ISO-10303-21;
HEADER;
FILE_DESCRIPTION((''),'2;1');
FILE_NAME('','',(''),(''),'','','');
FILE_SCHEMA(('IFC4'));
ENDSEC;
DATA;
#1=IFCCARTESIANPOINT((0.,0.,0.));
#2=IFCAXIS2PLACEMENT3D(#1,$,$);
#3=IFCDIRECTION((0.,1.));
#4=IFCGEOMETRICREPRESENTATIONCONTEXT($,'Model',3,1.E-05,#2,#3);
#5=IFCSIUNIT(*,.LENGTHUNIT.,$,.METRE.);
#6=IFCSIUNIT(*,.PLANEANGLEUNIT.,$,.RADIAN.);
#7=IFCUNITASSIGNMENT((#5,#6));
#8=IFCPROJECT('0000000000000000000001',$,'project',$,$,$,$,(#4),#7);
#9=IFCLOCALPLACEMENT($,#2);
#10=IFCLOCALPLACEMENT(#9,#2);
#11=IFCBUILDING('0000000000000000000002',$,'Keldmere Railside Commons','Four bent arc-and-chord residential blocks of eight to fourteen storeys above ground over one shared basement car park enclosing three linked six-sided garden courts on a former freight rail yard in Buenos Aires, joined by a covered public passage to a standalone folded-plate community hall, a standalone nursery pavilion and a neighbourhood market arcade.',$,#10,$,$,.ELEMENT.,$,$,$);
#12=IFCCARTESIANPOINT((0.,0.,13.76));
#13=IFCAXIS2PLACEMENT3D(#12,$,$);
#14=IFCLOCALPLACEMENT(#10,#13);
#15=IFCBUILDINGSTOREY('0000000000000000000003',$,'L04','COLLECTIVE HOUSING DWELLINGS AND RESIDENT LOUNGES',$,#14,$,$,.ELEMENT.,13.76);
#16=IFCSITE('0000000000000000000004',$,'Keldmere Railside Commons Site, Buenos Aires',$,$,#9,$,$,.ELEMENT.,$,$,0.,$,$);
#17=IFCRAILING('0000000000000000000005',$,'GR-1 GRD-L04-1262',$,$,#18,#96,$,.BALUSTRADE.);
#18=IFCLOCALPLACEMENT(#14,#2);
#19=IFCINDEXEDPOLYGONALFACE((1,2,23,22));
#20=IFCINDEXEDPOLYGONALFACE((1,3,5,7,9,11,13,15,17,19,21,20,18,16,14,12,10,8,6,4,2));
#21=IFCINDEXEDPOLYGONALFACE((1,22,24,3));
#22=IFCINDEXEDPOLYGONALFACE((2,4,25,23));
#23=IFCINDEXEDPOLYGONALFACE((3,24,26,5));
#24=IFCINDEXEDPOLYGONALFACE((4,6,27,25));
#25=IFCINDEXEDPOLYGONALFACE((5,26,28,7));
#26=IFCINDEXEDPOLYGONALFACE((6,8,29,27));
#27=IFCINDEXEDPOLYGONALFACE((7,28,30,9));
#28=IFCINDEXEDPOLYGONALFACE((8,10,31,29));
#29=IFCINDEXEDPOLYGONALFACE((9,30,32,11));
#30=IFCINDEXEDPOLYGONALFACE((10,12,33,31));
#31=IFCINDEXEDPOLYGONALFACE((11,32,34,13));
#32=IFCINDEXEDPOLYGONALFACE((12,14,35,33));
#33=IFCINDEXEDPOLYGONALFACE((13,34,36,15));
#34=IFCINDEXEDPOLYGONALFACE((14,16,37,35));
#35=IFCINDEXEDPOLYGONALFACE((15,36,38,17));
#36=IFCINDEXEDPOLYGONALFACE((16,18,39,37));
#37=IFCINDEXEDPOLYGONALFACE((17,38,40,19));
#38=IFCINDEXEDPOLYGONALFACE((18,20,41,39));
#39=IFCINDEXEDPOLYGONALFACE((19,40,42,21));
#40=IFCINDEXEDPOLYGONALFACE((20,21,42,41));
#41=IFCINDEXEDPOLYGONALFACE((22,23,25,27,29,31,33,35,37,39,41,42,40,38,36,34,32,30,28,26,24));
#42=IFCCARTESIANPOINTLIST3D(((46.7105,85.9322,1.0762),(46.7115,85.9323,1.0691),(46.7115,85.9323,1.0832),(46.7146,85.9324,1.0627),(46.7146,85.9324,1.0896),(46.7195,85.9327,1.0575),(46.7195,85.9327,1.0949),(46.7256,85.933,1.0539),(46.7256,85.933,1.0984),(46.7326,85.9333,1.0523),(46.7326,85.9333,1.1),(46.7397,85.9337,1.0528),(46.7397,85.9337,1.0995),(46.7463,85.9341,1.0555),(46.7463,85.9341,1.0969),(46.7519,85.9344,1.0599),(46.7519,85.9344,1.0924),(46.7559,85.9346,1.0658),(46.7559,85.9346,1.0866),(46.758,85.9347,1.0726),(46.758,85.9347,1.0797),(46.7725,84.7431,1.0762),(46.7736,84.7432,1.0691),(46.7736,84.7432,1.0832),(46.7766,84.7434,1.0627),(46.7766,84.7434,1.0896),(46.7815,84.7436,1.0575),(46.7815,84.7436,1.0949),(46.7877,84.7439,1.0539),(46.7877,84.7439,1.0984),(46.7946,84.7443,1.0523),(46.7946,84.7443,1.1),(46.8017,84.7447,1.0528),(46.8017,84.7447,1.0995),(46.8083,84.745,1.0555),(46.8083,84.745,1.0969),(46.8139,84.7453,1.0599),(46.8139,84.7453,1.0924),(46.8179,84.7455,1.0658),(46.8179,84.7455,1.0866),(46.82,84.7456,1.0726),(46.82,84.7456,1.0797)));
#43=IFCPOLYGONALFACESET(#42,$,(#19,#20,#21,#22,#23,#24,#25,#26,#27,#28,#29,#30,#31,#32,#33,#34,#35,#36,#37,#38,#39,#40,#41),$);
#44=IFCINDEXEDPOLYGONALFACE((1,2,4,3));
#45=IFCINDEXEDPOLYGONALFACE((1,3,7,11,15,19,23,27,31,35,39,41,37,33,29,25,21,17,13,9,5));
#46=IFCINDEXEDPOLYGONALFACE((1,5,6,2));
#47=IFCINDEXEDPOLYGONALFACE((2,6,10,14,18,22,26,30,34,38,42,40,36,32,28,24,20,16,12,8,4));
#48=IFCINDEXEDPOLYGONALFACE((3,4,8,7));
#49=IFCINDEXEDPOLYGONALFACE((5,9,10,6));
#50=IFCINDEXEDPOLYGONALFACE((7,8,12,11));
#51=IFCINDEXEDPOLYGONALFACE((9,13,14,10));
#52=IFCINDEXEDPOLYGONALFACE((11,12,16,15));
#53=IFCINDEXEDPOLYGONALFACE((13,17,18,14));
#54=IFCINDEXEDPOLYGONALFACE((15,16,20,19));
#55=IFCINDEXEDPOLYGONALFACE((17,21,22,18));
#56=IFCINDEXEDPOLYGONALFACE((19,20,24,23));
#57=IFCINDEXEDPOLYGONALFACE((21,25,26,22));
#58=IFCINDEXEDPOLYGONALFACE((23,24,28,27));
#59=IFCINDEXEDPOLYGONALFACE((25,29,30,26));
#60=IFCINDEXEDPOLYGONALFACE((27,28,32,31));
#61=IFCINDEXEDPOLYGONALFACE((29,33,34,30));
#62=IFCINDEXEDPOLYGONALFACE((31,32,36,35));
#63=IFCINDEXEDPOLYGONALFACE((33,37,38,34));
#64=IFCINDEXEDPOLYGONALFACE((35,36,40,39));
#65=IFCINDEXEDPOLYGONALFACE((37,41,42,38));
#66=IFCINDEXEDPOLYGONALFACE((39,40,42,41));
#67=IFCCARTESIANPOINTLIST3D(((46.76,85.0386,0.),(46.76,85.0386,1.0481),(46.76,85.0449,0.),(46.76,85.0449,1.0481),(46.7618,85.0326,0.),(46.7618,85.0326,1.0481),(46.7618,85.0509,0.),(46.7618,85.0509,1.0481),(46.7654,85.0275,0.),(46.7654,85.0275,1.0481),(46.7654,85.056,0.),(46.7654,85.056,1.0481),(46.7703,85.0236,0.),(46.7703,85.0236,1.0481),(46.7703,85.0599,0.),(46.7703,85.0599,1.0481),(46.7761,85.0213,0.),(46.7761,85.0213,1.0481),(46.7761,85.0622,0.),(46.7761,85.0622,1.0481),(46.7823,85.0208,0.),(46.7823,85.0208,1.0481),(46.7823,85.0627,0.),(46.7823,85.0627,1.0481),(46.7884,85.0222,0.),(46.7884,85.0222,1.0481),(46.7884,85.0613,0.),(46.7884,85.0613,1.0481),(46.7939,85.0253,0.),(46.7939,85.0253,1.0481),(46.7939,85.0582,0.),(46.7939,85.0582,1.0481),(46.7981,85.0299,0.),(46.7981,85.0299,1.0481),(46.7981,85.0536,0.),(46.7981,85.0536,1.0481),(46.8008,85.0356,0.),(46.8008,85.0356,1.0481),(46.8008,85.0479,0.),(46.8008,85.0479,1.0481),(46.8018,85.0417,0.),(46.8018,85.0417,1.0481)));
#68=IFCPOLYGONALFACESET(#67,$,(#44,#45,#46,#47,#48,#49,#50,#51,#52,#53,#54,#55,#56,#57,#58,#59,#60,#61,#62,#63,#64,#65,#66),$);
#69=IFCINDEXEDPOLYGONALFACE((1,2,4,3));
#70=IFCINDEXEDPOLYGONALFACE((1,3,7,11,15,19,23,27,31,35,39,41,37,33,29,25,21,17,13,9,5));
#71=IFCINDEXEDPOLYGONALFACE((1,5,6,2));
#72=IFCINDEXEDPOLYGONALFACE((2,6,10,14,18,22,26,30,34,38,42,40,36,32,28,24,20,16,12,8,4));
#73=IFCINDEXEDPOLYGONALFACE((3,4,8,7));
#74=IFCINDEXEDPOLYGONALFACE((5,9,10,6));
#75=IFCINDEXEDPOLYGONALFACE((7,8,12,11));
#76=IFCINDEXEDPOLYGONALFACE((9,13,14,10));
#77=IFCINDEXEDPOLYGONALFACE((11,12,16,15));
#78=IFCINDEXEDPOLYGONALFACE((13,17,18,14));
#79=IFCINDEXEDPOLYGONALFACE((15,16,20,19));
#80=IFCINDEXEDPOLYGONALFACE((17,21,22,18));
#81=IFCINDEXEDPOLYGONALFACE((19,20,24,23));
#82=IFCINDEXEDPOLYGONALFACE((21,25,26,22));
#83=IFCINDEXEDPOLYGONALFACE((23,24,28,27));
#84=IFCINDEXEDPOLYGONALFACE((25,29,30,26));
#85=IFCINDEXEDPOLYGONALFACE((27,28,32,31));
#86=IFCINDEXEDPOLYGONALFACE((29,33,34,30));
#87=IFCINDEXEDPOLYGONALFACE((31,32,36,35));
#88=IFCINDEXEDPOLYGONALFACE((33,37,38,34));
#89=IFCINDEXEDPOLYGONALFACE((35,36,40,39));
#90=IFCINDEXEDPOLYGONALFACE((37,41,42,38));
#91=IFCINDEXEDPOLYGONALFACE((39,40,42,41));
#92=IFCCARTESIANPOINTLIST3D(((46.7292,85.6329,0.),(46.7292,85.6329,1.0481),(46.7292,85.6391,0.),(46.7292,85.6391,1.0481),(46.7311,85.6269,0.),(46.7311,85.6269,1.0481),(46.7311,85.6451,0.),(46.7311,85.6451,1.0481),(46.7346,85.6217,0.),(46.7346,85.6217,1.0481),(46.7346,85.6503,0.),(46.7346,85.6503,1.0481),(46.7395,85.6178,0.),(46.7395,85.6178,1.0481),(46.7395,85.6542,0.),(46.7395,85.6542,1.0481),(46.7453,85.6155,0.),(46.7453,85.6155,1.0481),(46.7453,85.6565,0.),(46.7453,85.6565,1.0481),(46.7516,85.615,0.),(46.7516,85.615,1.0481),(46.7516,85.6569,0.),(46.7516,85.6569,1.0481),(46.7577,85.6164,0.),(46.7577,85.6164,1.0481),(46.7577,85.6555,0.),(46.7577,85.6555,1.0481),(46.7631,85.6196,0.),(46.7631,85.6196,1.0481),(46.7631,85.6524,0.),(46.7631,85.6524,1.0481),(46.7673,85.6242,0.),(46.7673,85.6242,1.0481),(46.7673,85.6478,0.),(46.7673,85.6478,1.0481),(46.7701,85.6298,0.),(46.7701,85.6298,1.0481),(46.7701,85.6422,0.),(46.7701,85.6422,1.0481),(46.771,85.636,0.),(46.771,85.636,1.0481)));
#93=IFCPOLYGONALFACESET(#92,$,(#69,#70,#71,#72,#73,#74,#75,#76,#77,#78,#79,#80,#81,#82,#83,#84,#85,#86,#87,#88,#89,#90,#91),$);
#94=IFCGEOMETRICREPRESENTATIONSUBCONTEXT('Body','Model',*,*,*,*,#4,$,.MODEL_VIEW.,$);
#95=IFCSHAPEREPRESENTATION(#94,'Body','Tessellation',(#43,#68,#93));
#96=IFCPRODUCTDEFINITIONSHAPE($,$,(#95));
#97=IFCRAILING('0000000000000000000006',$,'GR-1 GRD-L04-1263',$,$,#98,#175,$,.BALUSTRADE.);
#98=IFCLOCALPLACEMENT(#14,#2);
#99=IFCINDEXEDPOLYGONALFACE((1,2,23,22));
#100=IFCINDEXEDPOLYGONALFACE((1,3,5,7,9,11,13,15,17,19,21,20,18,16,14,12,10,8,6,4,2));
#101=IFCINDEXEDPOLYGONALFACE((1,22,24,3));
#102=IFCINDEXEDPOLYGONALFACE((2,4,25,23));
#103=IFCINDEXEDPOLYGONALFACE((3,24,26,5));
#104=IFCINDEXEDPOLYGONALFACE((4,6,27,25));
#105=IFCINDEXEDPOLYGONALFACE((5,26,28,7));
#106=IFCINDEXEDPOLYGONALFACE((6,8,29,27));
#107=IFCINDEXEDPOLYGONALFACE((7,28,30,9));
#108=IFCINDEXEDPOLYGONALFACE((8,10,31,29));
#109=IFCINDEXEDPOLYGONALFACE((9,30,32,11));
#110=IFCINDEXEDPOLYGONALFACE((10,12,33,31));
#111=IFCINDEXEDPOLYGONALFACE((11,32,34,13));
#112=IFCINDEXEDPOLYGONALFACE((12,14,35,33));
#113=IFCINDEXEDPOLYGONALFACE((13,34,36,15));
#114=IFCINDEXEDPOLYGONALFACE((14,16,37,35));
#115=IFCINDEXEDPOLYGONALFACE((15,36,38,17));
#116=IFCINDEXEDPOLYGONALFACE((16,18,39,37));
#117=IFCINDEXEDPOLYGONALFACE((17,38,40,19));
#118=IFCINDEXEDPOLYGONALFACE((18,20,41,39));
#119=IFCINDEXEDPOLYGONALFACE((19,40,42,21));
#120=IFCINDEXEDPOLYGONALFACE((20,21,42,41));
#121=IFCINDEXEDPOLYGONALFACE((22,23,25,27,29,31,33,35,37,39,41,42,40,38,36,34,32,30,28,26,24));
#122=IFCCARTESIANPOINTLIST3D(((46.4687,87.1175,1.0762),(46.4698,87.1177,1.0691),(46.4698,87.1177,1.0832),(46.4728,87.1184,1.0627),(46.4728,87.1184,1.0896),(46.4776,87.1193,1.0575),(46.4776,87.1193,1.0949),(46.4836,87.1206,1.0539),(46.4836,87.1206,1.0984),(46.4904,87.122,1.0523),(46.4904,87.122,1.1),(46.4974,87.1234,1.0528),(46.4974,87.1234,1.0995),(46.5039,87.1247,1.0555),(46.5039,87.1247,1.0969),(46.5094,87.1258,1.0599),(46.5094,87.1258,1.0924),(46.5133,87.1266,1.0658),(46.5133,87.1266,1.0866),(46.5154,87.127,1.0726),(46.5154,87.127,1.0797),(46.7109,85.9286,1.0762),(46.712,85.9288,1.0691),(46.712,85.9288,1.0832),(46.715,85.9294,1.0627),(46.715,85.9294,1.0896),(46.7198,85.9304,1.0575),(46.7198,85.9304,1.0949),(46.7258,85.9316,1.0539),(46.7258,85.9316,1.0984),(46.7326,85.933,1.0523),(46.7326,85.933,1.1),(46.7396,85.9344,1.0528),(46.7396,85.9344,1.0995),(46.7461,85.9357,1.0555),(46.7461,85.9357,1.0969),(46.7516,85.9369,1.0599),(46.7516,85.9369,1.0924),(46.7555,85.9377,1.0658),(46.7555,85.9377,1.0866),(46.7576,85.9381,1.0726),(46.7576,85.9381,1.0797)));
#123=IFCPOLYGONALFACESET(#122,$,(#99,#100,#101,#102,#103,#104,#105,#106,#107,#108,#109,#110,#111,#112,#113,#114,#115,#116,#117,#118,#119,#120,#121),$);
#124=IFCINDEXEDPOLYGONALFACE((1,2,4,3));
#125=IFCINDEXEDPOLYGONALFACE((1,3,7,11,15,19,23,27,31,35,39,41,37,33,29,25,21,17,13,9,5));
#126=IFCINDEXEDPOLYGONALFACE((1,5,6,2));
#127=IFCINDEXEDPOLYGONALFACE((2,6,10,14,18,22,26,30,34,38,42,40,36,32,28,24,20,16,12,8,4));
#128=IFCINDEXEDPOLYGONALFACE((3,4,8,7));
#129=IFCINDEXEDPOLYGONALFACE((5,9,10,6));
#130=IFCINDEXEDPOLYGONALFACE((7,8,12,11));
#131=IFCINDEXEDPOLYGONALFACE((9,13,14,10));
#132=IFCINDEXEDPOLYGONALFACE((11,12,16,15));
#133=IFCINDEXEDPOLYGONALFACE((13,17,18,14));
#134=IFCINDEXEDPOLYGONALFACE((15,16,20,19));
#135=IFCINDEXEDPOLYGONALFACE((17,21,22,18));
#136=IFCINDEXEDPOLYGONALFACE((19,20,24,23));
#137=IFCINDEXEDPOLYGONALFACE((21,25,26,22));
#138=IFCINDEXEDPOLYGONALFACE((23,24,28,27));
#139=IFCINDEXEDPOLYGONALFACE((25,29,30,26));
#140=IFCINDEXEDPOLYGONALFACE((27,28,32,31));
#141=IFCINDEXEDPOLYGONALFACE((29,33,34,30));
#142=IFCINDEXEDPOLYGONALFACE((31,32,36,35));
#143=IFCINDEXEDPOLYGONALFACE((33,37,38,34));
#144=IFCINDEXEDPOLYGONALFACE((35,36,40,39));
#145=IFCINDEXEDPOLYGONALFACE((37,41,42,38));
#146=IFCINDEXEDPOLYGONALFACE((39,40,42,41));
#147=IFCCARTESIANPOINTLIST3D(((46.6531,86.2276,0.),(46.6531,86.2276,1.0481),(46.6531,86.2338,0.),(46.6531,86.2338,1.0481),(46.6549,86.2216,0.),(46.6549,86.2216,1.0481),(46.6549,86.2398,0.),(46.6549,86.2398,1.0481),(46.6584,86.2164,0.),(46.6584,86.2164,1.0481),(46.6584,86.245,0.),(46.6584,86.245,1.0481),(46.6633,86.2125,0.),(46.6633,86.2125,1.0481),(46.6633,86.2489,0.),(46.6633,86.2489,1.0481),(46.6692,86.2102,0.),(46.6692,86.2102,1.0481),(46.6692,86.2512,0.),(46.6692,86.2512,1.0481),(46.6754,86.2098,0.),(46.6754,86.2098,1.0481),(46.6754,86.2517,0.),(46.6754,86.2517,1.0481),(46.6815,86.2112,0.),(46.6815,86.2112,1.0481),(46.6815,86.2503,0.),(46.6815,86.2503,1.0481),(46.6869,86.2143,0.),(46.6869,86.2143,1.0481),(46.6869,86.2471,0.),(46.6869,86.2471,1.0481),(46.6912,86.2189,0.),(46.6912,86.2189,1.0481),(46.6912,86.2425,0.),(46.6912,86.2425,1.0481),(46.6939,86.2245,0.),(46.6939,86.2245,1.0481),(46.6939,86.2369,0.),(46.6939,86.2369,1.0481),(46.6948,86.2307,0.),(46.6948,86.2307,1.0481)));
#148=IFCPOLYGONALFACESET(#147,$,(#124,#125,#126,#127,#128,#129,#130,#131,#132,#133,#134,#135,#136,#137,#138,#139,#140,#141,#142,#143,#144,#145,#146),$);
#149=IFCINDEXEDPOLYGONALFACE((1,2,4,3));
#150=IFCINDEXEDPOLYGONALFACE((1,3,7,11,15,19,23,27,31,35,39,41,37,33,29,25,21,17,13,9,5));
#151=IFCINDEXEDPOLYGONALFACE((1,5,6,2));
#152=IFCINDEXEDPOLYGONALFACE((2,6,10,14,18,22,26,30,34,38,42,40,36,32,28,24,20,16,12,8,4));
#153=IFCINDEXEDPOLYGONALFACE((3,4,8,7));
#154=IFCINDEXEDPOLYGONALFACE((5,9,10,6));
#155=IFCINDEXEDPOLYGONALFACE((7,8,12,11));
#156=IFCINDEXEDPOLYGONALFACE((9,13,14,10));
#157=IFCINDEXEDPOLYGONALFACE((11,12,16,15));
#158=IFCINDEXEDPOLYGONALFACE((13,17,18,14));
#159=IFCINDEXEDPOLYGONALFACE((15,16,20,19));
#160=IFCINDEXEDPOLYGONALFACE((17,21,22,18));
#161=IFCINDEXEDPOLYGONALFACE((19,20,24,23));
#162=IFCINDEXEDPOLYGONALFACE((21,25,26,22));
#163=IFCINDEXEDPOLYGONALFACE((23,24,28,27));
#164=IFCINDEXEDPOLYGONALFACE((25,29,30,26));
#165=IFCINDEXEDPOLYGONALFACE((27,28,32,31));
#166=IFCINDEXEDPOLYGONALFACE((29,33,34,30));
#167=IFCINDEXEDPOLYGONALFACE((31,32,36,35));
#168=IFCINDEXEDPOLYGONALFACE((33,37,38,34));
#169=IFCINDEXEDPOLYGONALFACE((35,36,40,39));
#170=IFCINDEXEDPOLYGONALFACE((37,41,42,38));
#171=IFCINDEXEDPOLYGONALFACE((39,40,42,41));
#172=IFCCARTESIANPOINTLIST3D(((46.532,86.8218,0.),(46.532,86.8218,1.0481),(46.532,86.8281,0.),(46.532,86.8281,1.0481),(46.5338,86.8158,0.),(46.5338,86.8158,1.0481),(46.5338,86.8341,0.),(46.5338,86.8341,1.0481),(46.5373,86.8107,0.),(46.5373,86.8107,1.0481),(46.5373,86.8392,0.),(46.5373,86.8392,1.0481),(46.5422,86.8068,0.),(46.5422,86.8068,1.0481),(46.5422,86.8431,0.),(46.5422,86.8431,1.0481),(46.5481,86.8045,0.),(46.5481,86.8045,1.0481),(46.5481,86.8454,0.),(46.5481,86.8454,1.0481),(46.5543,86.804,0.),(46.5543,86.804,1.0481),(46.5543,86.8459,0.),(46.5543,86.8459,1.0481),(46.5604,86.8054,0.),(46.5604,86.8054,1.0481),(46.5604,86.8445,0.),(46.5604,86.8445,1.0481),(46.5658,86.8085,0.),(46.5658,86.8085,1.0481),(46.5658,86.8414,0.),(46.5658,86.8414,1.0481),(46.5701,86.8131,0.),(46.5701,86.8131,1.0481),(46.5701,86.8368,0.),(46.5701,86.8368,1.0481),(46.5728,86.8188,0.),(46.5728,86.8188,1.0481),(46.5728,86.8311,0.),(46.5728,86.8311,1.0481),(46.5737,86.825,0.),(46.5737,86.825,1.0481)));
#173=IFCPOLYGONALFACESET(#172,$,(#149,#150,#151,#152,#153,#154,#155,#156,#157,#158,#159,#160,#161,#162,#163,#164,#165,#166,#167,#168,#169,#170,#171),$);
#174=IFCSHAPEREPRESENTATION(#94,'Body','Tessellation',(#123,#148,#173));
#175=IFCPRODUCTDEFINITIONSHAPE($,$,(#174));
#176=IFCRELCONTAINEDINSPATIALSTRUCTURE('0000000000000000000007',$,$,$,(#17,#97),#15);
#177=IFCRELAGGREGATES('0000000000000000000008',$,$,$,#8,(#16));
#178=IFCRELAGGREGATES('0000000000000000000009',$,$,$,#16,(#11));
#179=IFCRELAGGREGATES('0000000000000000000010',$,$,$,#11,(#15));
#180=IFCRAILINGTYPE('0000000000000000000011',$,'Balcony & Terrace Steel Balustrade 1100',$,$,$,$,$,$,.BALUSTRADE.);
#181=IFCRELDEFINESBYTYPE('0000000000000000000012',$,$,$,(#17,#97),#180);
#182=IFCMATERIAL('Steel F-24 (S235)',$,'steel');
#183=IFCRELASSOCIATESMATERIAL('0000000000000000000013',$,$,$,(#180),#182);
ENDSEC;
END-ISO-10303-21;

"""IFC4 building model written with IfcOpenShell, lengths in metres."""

from ifc_helpers import new_model, si_unit, direction, frame, origin, origin_2d, place, context, subcontext, project, spatial, circle, extrude, material, type_object, element, save


model = new_model("IFC4")

# Units and contexts
model_context = context("Model", 3, precision=1e-05, world=origin(), true_north=direction((0.0, 1.0)))
body_context = subcontext(model_context, "Body", "Model", "MODEL_VIEW")
ifc_project = project(units=[si_unit("LENGTHUNIT", "METRE"), si_unit("PLANEANGLEUNIT", "RADIAN")], contexts=[model_context])

# Site, building, storey
site_placement = place(None, origin())
site = spatial("IfcSite", under=ifc_project, at=site_placement, Name="Keldmere Railside Commons Site, Buenos Aires", CompositionType="ELEMENT", RefElevation=0.0)
building_placement = place(site_placement, origin())
building = spatial("IfcBuilding", under=site, at=building_placement, Name="Keldmere Railside Commons", Description="Four bent arc-and-chord residential blocks of eight to fourteen storeys above ground over one shared basement car park enclosing three linked six-sided garden courts on a former freight rail yard in Buenos Aires, joined by a covered public passage to a standalone folded-plate community hall, a standalone nursery pavilion and a neighbourhood market arcade.", CompositionType="ELEMENT")
storey_placement = place(building_placement, frame((0.0, 0.0, 13.76)))
storey = spatial("IfcBuildingStorey", under=building, at=storey_placement, Name="L04", Description="COLLECTIVE HOUSING DWELLINGS AND RESIDENT LOUNGES", CompositionType="ELEMENT", Elevation=13.76)

# Railings
ifc_material_1 = material(Name="Steel F-24 (S235)", Category="steel")
railing_type = type_object("IfcRailingType", Name="Balcony & Terrace Steel Balustrade 1100", PredefinedType="BALUSTRADE", material=ifc_material_1)
railing_1_placement = place(storey_placement, frame((46.7964, 84.7444, 0.0)))
element("IfcRailing", 1, at=railing_1_placement, inside=storey, type_object=railing_type, Name="GR-1 GRD-L04-1262", PredefinedType="BALUSTRADE", context=body_context, shape_type="SweptSolid", body=[
    extrude(circle(Radius=0.0239, at=origin_2d()), frame((0.0, 0.0, 1.0762), z_axis=(-0.052085, 0.998643, 0.0), x_axis=(-0.998643, -0.052085, 0.0)), (0.0, 0.0, 1.0), 1.1907),
    extrude(circle(Radius=0.021, at=origin_2d()), frame((-0.0156, 0.2974, 0.0)), (0.0, 0.0, 1.0), 1.0481),
    extrude(circle(Radius=0.021, at=origin_2d()), frame((-0.0464, 0.8916, 0.0)), (0.0, 0.0, 1.0), 1.0481),
])
railing_2_placement = place(storey_placement, frame((46.7344, 85.9333, 0.0)))
element("IfcRailing", 2, at=railing_2_placement, inside=storey, type_object=railing_type, Name="GR-1 GRD-L04-1263", PredefinedType="BALUSTRADE", context=body_context, shape_type="SweptSolid", body=[
    extrude(circle(Radius=0.0239, at=origin_2d()), frame((0.0, 0.0, 1.0762), z_axis=(-0.199597, 0.979878, 0.0), x_axis=(-0.979878, -0.199597, 0.0)), (0.0, 0.0, 1.0), 1.2134),
    extrude(circle(Radius=0.021, at=origin_2d()), frame((-0.0605, 0.2974, 0.0)), (0.0, 0.0, 1.0), 1.0481),
    extrude(circle(Radius=0.021, at=origin_2d()), frame((-0.1816, 0.8916, 0.0)), (0.0, 0.0, 1.0), 1.0481),
])

save(model, "model.ifc")
